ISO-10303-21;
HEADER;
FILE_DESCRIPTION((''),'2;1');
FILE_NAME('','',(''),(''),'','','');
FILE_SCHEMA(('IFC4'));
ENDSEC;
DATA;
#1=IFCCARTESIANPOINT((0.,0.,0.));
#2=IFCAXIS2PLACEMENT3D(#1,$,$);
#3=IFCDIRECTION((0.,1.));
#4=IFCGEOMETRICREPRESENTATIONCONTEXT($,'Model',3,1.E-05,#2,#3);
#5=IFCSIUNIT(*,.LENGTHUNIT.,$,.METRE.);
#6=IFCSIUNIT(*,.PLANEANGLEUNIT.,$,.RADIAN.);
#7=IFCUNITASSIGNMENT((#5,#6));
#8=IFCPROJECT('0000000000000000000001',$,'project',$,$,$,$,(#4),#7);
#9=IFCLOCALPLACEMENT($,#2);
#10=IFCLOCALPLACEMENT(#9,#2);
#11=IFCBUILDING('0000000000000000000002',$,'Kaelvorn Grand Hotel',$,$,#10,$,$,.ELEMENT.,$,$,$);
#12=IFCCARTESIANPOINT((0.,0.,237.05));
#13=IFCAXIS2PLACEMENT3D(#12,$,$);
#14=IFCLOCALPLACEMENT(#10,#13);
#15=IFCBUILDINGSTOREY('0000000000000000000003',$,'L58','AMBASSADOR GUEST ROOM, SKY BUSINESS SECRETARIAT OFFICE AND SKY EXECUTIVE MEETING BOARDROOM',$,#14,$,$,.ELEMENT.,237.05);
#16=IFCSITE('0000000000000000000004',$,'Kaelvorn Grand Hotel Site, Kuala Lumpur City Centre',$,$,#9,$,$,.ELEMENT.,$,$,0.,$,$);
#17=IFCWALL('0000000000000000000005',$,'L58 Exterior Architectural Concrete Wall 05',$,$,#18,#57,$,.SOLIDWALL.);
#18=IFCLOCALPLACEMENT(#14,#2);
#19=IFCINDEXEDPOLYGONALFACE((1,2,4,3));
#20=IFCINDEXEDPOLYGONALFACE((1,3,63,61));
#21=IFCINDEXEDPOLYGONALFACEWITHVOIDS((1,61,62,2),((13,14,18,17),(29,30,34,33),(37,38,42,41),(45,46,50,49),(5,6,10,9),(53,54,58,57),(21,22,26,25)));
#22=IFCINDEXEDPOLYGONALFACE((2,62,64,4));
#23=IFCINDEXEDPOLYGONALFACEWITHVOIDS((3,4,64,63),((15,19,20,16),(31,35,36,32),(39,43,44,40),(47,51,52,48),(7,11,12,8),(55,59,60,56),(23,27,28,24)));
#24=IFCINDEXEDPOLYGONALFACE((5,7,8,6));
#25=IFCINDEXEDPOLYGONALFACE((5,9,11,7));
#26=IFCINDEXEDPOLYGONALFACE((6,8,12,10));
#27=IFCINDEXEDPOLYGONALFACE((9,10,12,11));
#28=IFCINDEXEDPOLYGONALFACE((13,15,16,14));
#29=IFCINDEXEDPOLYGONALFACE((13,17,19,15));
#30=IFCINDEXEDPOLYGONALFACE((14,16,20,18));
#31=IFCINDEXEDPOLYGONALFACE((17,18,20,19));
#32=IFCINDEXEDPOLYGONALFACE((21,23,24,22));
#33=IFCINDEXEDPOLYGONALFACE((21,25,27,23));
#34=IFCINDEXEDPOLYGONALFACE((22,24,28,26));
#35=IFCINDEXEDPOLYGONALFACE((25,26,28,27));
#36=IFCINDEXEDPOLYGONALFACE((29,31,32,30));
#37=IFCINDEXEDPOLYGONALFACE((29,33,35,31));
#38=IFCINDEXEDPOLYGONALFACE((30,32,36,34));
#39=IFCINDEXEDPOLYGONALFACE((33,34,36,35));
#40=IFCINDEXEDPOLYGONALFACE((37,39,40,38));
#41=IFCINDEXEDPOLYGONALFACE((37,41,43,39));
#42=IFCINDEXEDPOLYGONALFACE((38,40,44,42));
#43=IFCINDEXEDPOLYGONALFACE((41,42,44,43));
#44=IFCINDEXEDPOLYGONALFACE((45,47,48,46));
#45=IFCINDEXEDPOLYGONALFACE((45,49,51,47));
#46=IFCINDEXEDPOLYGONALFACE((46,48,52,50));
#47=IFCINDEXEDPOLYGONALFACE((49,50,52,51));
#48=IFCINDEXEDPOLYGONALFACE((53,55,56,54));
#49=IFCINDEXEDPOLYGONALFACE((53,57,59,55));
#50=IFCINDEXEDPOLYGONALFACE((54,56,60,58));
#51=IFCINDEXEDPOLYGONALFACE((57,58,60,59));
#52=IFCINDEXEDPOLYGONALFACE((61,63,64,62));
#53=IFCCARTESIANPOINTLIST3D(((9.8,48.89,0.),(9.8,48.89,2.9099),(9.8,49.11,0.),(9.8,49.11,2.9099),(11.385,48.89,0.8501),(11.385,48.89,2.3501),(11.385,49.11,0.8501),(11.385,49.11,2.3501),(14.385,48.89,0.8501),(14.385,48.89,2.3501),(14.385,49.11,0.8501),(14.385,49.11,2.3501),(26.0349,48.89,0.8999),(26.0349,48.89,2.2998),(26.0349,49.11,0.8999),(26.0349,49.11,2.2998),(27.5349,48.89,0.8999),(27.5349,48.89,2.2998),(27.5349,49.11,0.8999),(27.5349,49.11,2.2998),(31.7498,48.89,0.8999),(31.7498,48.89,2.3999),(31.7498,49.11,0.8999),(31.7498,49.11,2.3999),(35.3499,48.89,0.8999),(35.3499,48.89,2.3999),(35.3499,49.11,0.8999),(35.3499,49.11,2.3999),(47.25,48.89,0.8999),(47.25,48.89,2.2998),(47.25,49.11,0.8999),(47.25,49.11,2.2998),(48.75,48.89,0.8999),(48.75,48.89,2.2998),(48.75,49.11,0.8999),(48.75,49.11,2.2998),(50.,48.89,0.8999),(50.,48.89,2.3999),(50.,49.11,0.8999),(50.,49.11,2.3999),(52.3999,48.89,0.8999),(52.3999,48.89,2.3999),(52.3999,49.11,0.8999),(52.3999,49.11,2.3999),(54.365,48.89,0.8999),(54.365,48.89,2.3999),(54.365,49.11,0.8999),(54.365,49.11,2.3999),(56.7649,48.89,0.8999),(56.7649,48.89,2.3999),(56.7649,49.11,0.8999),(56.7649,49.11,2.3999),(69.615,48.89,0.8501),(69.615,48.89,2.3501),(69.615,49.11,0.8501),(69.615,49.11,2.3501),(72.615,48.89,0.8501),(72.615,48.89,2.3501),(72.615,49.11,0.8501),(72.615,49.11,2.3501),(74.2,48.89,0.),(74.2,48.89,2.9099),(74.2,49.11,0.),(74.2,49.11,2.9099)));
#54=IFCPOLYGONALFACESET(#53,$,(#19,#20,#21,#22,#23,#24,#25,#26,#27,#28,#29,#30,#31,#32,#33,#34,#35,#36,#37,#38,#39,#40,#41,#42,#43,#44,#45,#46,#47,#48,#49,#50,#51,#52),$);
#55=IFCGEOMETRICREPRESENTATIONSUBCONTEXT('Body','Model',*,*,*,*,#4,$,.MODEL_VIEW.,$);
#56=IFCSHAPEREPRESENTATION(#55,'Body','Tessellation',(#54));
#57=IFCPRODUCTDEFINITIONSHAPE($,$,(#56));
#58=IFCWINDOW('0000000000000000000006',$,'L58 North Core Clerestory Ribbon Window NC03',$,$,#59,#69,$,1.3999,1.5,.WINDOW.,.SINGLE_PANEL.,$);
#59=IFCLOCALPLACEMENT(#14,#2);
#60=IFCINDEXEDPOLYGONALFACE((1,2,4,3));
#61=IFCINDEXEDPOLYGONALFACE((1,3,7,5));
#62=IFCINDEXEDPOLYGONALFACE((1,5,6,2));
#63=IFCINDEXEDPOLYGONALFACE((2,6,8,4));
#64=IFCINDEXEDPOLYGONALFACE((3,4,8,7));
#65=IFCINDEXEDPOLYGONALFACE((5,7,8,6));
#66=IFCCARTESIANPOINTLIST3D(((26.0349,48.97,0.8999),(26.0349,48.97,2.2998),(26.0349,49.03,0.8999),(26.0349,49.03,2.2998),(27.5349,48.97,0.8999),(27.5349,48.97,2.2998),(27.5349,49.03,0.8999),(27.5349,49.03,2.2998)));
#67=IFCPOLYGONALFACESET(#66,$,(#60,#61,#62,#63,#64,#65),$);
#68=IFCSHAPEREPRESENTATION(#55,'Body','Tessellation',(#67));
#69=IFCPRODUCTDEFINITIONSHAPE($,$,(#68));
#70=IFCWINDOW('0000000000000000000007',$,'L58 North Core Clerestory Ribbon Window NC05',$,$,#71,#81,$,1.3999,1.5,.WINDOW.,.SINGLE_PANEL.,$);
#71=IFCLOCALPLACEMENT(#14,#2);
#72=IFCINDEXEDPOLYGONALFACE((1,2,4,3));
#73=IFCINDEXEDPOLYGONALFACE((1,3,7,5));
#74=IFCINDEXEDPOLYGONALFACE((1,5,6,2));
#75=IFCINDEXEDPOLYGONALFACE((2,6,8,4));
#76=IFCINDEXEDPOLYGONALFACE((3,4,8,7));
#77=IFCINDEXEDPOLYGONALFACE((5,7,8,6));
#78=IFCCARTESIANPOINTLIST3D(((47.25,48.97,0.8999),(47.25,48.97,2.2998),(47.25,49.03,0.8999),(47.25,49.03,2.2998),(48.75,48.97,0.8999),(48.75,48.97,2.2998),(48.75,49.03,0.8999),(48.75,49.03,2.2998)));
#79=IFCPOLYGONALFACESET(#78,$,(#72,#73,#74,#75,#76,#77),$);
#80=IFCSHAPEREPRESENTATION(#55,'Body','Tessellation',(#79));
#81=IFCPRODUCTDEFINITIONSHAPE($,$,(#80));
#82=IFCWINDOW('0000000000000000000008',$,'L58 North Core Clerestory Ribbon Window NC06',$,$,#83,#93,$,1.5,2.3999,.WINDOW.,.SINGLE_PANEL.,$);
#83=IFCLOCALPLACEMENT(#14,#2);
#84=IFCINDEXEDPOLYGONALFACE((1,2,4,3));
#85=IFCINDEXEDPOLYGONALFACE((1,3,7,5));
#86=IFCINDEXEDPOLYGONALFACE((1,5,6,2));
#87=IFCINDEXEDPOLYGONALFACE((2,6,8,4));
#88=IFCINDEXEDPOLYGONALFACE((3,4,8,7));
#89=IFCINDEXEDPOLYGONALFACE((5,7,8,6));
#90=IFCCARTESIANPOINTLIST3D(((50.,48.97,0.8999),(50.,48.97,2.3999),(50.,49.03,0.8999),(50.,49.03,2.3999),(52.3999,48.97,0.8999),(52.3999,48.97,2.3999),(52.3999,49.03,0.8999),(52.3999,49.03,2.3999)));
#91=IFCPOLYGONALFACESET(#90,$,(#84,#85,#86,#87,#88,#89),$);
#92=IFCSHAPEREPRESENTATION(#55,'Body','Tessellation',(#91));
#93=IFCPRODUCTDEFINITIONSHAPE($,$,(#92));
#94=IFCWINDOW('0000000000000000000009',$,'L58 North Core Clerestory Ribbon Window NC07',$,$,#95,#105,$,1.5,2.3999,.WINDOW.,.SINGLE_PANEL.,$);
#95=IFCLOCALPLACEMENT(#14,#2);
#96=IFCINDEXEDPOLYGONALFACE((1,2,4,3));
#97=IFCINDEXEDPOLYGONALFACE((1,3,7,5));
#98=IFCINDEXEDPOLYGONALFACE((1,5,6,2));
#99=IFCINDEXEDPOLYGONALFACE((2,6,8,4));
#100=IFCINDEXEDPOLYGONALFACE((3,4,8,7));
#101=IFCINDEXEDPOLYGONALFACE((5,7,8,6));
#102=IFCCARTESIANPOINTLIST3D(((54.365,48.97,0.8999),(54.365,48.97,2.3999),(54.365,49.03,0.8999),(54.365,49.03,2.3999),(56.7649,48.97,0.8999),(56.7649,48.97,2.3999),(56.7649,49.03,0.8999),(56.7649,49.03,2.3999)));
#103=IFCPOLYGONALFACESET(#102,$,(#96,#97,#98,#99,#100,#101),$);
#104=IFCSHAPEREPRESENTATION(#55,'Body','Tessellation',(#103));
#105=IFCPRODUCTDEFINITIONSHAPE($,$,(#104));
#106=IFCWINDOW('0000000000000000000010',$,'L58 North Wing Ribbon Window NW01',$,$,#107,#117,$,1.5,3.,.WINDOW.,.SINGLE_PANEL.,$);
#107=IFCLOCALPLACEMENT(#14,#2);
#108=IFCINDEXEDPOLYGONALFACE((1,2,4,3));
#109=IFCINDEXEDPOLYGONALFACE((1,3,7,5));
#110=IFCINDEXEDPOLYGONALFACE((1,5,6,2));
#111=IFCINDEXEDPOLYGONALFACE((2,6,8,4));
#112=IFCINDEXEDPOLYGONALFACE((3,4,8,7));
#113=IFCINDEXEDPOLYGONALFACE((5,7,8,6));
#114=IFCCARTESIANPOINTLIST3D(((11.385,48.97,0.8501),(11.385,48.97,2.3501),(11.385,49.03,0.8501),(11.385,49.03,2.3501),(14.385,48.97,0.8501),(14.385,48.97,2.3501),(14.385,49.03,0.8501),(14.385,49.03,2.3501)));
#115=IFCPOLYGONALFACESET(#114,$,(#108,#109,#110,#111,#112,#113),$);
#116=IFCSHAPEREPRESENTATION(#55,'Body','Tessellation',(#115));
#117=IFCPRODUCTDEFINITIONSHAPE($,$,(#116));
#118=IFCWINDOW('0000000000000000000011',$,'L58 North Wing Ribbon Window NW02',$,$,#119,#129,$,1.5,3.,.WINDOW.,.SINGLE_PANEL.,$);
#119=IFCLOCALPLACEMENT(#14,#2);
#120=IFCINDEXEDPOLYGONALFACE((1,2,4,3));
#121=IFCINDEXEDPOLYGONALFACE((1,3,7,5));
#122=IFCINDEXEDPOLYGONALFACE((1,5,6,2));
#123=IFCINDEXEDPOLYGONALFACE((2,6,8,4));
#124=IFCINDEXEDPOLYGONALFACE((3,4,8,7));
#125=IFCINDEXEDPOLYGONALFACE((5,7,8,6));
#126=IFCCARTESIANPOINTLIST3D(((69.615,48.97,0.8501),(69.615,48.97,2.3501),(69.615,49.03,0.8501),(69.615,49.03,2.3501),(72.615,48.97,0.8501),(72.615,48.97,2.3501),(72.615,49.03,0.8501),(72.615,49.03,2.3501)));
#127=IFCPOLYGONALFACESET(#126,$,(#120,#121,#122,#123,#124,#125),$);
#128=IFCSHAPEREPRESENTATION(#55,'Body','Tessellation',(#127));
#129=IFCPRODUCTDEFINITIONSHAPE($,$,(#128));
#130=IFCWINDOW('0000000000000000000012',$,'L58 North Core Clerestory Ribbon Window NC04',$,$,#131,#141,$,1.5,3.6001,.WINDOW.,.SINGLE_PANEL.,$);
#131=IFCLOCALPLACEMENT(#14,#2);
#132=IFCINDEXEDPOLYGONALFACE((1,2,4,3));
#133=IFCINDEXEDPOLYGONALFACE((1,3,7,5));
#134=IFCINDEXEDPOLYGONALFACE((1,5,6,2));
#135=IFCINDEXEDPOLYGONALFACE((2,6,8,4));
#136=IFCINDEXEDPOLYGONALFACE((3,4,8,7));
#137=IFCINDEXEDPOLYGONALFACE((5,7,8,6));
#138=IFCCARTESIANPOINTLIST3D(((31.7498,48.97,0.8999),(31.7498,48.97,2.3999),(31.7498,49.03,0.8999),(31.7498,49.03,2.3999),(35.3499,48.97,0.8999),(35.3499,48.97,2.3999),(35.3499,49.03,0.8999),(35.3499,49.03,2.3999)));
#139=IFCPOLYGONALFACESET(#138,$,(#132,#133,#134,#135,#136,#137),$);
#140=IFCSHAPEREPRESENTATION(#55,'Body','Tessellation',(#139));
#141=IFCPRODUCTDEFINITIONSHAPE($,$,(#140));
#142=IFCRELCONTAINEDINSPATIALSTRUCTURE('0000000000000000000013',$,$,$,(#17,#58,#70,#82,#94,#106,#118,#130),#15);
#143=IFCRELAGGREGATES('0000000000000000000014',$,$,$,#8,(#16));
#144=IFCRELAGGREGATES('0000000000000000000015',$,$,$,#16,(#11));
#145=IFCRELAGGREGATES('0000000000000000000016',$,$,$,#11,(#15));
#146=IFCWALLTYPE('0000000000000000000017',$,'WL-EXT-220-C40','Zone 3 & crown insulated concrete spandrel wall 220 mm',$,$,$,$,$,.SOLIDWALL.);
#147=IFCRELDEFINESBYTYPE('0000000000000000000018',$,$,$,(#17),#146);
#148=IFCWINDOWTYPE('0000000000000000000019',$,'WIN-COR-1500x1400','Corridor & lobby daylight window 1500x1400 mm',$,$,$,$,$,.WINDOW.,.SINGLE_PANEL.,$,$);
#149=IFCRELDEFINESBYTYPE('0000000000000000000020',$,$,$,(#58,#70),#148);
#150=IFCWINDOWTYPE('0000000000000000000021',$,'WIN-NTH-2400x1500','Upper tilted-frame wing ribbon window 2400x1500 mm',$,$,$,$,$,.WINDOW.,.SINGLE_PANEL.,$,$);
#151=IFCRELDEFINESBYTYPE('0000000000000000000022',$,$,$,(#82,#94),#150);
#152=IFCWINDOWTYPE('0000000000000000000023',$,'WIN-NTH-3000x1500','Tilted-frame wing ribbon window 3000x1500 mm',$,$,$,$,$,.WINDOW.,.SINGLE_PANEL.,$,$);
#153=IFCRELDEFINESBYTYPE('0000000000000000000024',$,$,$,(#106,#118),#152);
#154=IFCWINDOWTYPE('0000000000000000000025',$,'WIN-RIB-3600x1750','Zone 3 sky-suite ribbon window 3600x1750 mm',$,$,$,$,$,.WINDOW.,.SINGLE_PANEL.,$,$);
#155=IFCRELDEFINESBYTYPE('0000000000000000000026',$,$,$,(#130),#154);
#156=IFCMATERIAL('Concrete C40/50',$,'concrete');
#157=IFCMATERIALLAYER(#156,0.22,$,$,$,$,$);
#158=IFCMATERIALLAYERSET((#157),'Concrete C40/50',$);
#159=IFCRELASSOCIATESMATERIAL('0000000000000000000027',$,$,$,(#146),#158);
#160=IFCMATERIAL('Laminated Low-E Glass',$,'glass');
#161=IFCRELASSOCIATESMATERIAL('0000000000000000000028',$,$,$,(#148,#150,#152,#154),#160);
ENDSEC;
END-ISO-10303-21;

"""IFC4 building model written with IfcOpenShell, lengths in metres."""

from ifc_helpers import new_model, si_unit, direction, frame, frame_2d, origin, place, context, subcontext, project, spatial, rectangle, extrude, material, layer, layer_set, type_object, element, fill, save


model = new_model("IFC4")

# Units and contexts
model_context = context("Model", 3, precision=1e-05, world=origin(), true_north=direction((0.0, 1.0)))
body_context = subcontext(model_context, "Body", "Model", "MODEL_VIEW")
ifc_project = project(units=[si_unit("LENGTHUNIT", "METRE"), si_unit("PLANEANGLEUNIT", "RADIAN")], contexts=[model_context])

# Site, building, storey
site_placement = place(None, origin())
site = spatial("IfcSite", under=ifc_project, at=site_placement, Name="Kaelvorn Grand Hotel Site, Kuala Lumpur City Centre", CompositionType="ELEMENT", RefElevation=0.0)
building_placement = place(site_placement, origin())
building = spatial("IfcBuilding", under=site, at=building_placement, Name="Kaelvorn Grand Hotel", CompositionType="ELEMENT")
storey_placement = place(building_placement, frame((0.0, 0.0, 237.05)))
storey = spatial("IfcBuildingStorey", under=building, at=storey_placement, Name="L58", Description="AMBASSADOR GUEST ROOM, SKY BUSINESS SECRETARIAT OFFICE AND SKY EXECUTIVE MEETING BOARDROOM", CompositionType="ELEMENT", Elevation=237.05)

# Shared definitions
ifc_material_1 = material(Name="Concrete C40/50", Category="concrete")
ifc_layer_1 = layer(ifc_material_1, 0.22)
ifc_layer_set_1 = layer_set([ifc_layer_1], Name="Concrete C40/50")
wall_type = type_object("IfcWallType", Name="WL-EXT-220-C40", Description="Zone 3 & crown insulated concrete spandrel wall 220 mm", PredefinedType="SOLIDWALL", material=ifc_layer_set_1)
ifc_material_2 = material(Name="Laminated Low-E Glass", Category="glass")

# Wall, openings, windows
wall_1_placement = place(storey_placement, frame((74.2, 49.0, 0.0), z_axis=(0.0, 0.0, 1.0), x_axis=(-1.0, 0.0, 0.0)))
wall_1 = element("IfcWall", 1, at=wall_1_placement, inside=storey, type_object=wall_type, Name="L58 Exterior Architectural Concrete Wall 05", PredefinedType="SOLIDWALL", context=body_context, shape_type="SweptSolid", body=[
    extrude(rectangle(XDim=64.3999, YDim=0.22, at=frame_2d((32.2, 0.0))), origin(), (0.0, 0.0, 1.0), 2.9099),
])
opening_1_placement = place(wall_1_placement, frame((59.8149, 0.0, 0.8501)))
opening_1 = element("IfcOpeningElement", 2, at=opening_1_placement, cuts=wall_1, PredefinedType="OPENING", context=body_context, shape_type="SweptSolid", body=[
    extrude(rectangle(XDim=3.0, YDim=1.5, at=frame_2d((1.5, 0.75))), frame((0.0, 0.1201, 0.0), z_axis=(0.0, -1.0, 0.0), x_axis=(1.0, 0.0, 0.0)), (0.0, 0.0, 1.0), 0.24),
])
opening_2_placement = place(wall_1_placement, frame((1.585, 0.0, 0.8501)))
opening_2 = element("IfcOpeningElement", 3, at=opening_2_placement, cuts=wall_1, PredefinedType="OPENING", context=body_context, shape_type="SweptSolid", body=[
    extrude(rectangle(XDim=3.0, YDim=1.5, at=frame_2d((1.5, 0.75))), frame((0.0, 0.1201, 0.0), z_axis=(0.0, -1.0, 0.0), x_axis=(1.0, 0.0, 0.0)), (0.0, 0.0, 1.0), 0.24),
])
opening_3_placement = place(wall_1_placement, frame((46.665, 0.0, 0.8999)))
opening_3 = element("IfcOpeningElement", 4, at=opening_3_placement, cuts=wall_1, PredefinedType="OPENING", context=body_context, shape_type="SweptSolid", body=[
    extrude(rectangle(XDim=1.5, YDim=1.3999, at=frame_2d((0.75, 0.7))), frame((0.0, 0.1201, 0.0), z_axis=(0.0, -1.0, 0.0), x_axis=(1.0, 0.0, 0.0)), (0.0, 0.0, 1.0), 0.24),
])
opening_4_placement = place(wall_1_placement, frame((38.8501, 0.0, 0.8999)))
opening_4 = element("IfcOpeningElement", 5, at=opening_4_placement, cuts=wall_1, PredefinedType="OPENING", context=body_context, shape_type="SweptSolid", body=[
    extrude(rectangle(XDim=3.6001, YDim=1.5, at=frame_2d((1.8, 0.75))), frame((0.0, 0.1201, 0.0), z_axis=(0.0, -1.0, 0.0), x_axis=(1.0, 0.0, 0.0)), (0.0, 0.0, 1.0), 0.24),
])
opening_5_placement = place(wall_1_placement, frame((25.45, 0.0, 0.8999)))
opening_5 = element("IfcOpeningElement", 6, at=opening_5_placement, cuts=wall_1, PredefinedType="OPENING", context=body_context, shape_type="SweptSolid", body=[
    extrude(rectangle(XDim=1.5, YDim=1.3999, at=frame_2d((0.75, 0.7))), frame((0.0, 0.1201, 0.0), z_axis=(0.0, -1.0, 0.0), x_axis=(1.0, 0.0, 0.0)), (0.0, 0.0, 1.0), 0.24),
])
opening_6_placement = place(wall_1_placement, frame((21.8, 0.0, 0.8999)))
opening_6 = element("IfcOpeningElement", 7, at=opening_6_placement, cuts=wall_1, PredefinedType="OPENING", context=body_context, shape_type="SweptSolid", body=[
    extrude(rectangle(XDim=2.3999, YDim=1.5, at=frame_2d((1.2, 0.75))), frame((0.0, 0.1201, 0.0), z_axis=(0.0, -1.0, 0.0), x_axis=(1.0, 0.0, 0.0)), (0.0, 0.0, 1.0), 0.24),
])
opening_7_placement = place(wall_1_placement, frame((17.4351, 0.0, 0.8999)))
opening_7 = element("IfcOpeningElement", 8, at=opening_7_placement, cuts=wall_1, PredefinedType="OPENING", context=body_context, shape_type="SweptSolid", body=[
    extrude(rectangle(XDim=2.3999, YDim=1.5, at=frame_2d((1.2, 0.75))), frame((0.0, 0.1201, 0.0), z_axis=(0.0, -1.0, 0.0), x_axis=(1.0, 0.0, 0.0)), (0.0, 0.0, 1.0), 0.24),
])
window_type_1 = type_object("IfcWindowType", Name="WIN-COR-1500x1400", Description="Corridor & lobby daylight window 1500x1400 mm", PartitioningType="SINGLE_PANEL", PredefinedType="WINDOW", material=ifc_material_2)
window_1_placement = place(opening_3_placement, origin())
window_1 = element("IfcWindow", 9, at=window_1_placement, inside=storey, type_object=window_type_1, Name="L58 North Core Clerestory Ribbon Window NC03", OverallHeight=1.3999, OverallWidth=1.5, PartitioningType="SINGLE_PANEL", PredefinedType="WINDOW", context=body_context, shape_type="SweptSolid", body=[
    extrude(rectangle(XDim=1.5, YDim=1.3999, at=frame_2d((0.75, 0.7))), frame((0.0, 0.03, 0.0), z_axis=(0.0, -1.0, 0.0), x_axis=(1.0, 0.0, 0.0)), (0.0, 0.0, 1.0), 0.0601),
])
fill(opening_3, window_1)
window_2_placement = place(opening_5_placement, origin())
window_2 = element("IfcWindow", 10, at=window_2_placement, inside=storey, type_object=window_type_1, Name="L58 North Core Clerestory Ribbon Window NC05", OverallHeight=1.3999, OverallWidth=1.5, PartitioningType="SINGLE_PANEL", PredefinedType="WINDOW", context=body_context, shape_type="SweptSolid", body=[
    extrude(rectangle(XDim=1.5, YDim=1.3999, at=frame_2d((0.75, 0.7))), frame((0.0, 0.03, 0.0), z_axis=(0.0, -1.0, 0.0), x_axis=(1.0, 0.0, 0.0)), (0.0, 0.0, 1.0), 0.0601),
])
fill(opening_5, window_2)
window_type_2 = type_object("IfcWindowType", Name="WIN-NTH-2400x1500", Description="Upper tilted-frame wing ribbon window 2400x1500 mm", PartitioningType="SINGLE_PANEL", PredefinedType="WINDOW", material=ifc_material_2)
window_3_placement = place(opening_6_placement, origin())
window_3 = element("IfcWindow", 11, at=window_3_placement, inside=storey, type_object=window_type_2, Name="L58 North Core Clerestory Ribbon Window NC06", OverallHeight=1.5, OverallWidth=2.3999, PartitioningType="SINGLE_PANEL", PredefinedType="WINDOW", context=body_context, shape_type="SweptSolid", body=[
    extrude(rectangle(XDim=2.3999, YDim=1.5, at=frame_2d((1.2, 0.75))), frame((0.0, 0.03, 0.0), z_axis=(0.0, -1.0, 0.0), x_axis=(1.0, 0.0, 0.0)), (0.0, 0.0, 1.0), 0.0601),
])
fill(opening_6, window_3)
window_4_placement = place(opening_7_placement, origin())
window_4 = element("IfcWindow", 12, at=window_4_placement, inside=storey, type_object=window_type_2, Name="L58 North Core Clerestory Ribbon Window NC07", OverallHeight=1.5, OverallWidth=2.3999, PartitioningType="SINGLE_PANEL", PredefinedType="WINDOW", context=body_context, shape_type="SweptSolid", body=[
    extrude(rectangle(XDim=2.3999, YDim=1.5, at=frame_2d((1.2, 0.75))), frame((0.0, 0.03, 0.0), z_axis=(0.0, -1.0, 0.0), x_axis=(1.0, 0.0, 0.0)), (0.0, 0.0, 1.0), 0.0601),
])
fill(opening_7, window_4)
window_type_3 = type_object("IfcWindowType", Name="WIN-NTH-3000x1500", Description="Tilted-frame wing ribbon window 3000x1500 mm", PartitioningType="SINGLE_PANEL", PredefinedType="WINDOW", material=ifc_material_2)
window_5_placement = place(opening_1_placement, origin())
window_5 = element("IfcWindow", 13, at=window_5_placement, inside=storey, type_object=window_type_3, Name="L58 North Wing Ribbon Window NW01", OverallHeight=1.5, OverallWidth=3.0, PartitioningType="SINGLE_PANEL", PredefinedType="WINDOW", context=body_context, shape_type="SweptSolid", body=[
    extrude(rectangle(XDim=3.0, YDim=1.5, at=frame_2d((1.5, 0.75))), frame((0.0, 0.03, 0.0), z_axis=(0.0, -1.0, 0.0), x_axis=(1.0, 0.0, 0.0)), (0.0, 0.0, 1.0), 0.0601),
])
fill(opening_1, window_5)
window_6_placement = place(opening_2_placement, origin())
window_6 = element("IfcWindow", 14, at=window_6_placement, inside=storey, type_object=window_type_3, Name="L58 North Wing Ribbon Window NW02", OverallHeight=1.5, OverallWidth=3.0, PartitioningType="SINGLE_PANEL", PredefinedType="WINDOW", context=body_context, shape_type="SweptSolid", body=[
    extrude(rectangle(XDim=3.0, YDim=1.5, at=frame_2d((1.5, 0.75))), frame((0.0, 0.03, 0.0), z_axis=(0.0, -1.0, 0.0), x_axis=(1.0, 0.0, 0.0)), (0.0, 0.0, 1.0), 0.0601),
])
fill(opening_2, window_6)
window_type_4 = type_object("IfcWindowType", Name="WIN-RIB-3600x1750", Description="Zone 3 sky-suite ribbon window 3600x1750 mm", PartitioningType="SINGLE_PANEL", PredefinedType="WINDOW", material=ifc_material_2)
window_7_placement = place(opening_4_placement, origin())
window_7 = element("IfcWindow", 15, at=window_7_placement, inside=storey, type_object=window_type_4, Name="L58 North Core Clerestory Ribbon Window NC04", OverallHeight=1.5, OverallWidth=3.6001, PartitioningType="SINGLE_PANEL", PredefinedType="WINDOW", context=body_context, shape_type="SweptSolid", body=[
    extrude(rectangle(XDim=3.6001, YDim=1.5, at=frame_2d((1.8, 0.75))), frame((0.0, 0.03, 0.0), z_axis=(0.0, -1.0, 0.0), x_axis=(1.0, 0.0, 0.0)), (0.0, 0.0, 1.0), 0.0601),
])
fill(opening_4, window_7)

save(model, "model.ifc")
